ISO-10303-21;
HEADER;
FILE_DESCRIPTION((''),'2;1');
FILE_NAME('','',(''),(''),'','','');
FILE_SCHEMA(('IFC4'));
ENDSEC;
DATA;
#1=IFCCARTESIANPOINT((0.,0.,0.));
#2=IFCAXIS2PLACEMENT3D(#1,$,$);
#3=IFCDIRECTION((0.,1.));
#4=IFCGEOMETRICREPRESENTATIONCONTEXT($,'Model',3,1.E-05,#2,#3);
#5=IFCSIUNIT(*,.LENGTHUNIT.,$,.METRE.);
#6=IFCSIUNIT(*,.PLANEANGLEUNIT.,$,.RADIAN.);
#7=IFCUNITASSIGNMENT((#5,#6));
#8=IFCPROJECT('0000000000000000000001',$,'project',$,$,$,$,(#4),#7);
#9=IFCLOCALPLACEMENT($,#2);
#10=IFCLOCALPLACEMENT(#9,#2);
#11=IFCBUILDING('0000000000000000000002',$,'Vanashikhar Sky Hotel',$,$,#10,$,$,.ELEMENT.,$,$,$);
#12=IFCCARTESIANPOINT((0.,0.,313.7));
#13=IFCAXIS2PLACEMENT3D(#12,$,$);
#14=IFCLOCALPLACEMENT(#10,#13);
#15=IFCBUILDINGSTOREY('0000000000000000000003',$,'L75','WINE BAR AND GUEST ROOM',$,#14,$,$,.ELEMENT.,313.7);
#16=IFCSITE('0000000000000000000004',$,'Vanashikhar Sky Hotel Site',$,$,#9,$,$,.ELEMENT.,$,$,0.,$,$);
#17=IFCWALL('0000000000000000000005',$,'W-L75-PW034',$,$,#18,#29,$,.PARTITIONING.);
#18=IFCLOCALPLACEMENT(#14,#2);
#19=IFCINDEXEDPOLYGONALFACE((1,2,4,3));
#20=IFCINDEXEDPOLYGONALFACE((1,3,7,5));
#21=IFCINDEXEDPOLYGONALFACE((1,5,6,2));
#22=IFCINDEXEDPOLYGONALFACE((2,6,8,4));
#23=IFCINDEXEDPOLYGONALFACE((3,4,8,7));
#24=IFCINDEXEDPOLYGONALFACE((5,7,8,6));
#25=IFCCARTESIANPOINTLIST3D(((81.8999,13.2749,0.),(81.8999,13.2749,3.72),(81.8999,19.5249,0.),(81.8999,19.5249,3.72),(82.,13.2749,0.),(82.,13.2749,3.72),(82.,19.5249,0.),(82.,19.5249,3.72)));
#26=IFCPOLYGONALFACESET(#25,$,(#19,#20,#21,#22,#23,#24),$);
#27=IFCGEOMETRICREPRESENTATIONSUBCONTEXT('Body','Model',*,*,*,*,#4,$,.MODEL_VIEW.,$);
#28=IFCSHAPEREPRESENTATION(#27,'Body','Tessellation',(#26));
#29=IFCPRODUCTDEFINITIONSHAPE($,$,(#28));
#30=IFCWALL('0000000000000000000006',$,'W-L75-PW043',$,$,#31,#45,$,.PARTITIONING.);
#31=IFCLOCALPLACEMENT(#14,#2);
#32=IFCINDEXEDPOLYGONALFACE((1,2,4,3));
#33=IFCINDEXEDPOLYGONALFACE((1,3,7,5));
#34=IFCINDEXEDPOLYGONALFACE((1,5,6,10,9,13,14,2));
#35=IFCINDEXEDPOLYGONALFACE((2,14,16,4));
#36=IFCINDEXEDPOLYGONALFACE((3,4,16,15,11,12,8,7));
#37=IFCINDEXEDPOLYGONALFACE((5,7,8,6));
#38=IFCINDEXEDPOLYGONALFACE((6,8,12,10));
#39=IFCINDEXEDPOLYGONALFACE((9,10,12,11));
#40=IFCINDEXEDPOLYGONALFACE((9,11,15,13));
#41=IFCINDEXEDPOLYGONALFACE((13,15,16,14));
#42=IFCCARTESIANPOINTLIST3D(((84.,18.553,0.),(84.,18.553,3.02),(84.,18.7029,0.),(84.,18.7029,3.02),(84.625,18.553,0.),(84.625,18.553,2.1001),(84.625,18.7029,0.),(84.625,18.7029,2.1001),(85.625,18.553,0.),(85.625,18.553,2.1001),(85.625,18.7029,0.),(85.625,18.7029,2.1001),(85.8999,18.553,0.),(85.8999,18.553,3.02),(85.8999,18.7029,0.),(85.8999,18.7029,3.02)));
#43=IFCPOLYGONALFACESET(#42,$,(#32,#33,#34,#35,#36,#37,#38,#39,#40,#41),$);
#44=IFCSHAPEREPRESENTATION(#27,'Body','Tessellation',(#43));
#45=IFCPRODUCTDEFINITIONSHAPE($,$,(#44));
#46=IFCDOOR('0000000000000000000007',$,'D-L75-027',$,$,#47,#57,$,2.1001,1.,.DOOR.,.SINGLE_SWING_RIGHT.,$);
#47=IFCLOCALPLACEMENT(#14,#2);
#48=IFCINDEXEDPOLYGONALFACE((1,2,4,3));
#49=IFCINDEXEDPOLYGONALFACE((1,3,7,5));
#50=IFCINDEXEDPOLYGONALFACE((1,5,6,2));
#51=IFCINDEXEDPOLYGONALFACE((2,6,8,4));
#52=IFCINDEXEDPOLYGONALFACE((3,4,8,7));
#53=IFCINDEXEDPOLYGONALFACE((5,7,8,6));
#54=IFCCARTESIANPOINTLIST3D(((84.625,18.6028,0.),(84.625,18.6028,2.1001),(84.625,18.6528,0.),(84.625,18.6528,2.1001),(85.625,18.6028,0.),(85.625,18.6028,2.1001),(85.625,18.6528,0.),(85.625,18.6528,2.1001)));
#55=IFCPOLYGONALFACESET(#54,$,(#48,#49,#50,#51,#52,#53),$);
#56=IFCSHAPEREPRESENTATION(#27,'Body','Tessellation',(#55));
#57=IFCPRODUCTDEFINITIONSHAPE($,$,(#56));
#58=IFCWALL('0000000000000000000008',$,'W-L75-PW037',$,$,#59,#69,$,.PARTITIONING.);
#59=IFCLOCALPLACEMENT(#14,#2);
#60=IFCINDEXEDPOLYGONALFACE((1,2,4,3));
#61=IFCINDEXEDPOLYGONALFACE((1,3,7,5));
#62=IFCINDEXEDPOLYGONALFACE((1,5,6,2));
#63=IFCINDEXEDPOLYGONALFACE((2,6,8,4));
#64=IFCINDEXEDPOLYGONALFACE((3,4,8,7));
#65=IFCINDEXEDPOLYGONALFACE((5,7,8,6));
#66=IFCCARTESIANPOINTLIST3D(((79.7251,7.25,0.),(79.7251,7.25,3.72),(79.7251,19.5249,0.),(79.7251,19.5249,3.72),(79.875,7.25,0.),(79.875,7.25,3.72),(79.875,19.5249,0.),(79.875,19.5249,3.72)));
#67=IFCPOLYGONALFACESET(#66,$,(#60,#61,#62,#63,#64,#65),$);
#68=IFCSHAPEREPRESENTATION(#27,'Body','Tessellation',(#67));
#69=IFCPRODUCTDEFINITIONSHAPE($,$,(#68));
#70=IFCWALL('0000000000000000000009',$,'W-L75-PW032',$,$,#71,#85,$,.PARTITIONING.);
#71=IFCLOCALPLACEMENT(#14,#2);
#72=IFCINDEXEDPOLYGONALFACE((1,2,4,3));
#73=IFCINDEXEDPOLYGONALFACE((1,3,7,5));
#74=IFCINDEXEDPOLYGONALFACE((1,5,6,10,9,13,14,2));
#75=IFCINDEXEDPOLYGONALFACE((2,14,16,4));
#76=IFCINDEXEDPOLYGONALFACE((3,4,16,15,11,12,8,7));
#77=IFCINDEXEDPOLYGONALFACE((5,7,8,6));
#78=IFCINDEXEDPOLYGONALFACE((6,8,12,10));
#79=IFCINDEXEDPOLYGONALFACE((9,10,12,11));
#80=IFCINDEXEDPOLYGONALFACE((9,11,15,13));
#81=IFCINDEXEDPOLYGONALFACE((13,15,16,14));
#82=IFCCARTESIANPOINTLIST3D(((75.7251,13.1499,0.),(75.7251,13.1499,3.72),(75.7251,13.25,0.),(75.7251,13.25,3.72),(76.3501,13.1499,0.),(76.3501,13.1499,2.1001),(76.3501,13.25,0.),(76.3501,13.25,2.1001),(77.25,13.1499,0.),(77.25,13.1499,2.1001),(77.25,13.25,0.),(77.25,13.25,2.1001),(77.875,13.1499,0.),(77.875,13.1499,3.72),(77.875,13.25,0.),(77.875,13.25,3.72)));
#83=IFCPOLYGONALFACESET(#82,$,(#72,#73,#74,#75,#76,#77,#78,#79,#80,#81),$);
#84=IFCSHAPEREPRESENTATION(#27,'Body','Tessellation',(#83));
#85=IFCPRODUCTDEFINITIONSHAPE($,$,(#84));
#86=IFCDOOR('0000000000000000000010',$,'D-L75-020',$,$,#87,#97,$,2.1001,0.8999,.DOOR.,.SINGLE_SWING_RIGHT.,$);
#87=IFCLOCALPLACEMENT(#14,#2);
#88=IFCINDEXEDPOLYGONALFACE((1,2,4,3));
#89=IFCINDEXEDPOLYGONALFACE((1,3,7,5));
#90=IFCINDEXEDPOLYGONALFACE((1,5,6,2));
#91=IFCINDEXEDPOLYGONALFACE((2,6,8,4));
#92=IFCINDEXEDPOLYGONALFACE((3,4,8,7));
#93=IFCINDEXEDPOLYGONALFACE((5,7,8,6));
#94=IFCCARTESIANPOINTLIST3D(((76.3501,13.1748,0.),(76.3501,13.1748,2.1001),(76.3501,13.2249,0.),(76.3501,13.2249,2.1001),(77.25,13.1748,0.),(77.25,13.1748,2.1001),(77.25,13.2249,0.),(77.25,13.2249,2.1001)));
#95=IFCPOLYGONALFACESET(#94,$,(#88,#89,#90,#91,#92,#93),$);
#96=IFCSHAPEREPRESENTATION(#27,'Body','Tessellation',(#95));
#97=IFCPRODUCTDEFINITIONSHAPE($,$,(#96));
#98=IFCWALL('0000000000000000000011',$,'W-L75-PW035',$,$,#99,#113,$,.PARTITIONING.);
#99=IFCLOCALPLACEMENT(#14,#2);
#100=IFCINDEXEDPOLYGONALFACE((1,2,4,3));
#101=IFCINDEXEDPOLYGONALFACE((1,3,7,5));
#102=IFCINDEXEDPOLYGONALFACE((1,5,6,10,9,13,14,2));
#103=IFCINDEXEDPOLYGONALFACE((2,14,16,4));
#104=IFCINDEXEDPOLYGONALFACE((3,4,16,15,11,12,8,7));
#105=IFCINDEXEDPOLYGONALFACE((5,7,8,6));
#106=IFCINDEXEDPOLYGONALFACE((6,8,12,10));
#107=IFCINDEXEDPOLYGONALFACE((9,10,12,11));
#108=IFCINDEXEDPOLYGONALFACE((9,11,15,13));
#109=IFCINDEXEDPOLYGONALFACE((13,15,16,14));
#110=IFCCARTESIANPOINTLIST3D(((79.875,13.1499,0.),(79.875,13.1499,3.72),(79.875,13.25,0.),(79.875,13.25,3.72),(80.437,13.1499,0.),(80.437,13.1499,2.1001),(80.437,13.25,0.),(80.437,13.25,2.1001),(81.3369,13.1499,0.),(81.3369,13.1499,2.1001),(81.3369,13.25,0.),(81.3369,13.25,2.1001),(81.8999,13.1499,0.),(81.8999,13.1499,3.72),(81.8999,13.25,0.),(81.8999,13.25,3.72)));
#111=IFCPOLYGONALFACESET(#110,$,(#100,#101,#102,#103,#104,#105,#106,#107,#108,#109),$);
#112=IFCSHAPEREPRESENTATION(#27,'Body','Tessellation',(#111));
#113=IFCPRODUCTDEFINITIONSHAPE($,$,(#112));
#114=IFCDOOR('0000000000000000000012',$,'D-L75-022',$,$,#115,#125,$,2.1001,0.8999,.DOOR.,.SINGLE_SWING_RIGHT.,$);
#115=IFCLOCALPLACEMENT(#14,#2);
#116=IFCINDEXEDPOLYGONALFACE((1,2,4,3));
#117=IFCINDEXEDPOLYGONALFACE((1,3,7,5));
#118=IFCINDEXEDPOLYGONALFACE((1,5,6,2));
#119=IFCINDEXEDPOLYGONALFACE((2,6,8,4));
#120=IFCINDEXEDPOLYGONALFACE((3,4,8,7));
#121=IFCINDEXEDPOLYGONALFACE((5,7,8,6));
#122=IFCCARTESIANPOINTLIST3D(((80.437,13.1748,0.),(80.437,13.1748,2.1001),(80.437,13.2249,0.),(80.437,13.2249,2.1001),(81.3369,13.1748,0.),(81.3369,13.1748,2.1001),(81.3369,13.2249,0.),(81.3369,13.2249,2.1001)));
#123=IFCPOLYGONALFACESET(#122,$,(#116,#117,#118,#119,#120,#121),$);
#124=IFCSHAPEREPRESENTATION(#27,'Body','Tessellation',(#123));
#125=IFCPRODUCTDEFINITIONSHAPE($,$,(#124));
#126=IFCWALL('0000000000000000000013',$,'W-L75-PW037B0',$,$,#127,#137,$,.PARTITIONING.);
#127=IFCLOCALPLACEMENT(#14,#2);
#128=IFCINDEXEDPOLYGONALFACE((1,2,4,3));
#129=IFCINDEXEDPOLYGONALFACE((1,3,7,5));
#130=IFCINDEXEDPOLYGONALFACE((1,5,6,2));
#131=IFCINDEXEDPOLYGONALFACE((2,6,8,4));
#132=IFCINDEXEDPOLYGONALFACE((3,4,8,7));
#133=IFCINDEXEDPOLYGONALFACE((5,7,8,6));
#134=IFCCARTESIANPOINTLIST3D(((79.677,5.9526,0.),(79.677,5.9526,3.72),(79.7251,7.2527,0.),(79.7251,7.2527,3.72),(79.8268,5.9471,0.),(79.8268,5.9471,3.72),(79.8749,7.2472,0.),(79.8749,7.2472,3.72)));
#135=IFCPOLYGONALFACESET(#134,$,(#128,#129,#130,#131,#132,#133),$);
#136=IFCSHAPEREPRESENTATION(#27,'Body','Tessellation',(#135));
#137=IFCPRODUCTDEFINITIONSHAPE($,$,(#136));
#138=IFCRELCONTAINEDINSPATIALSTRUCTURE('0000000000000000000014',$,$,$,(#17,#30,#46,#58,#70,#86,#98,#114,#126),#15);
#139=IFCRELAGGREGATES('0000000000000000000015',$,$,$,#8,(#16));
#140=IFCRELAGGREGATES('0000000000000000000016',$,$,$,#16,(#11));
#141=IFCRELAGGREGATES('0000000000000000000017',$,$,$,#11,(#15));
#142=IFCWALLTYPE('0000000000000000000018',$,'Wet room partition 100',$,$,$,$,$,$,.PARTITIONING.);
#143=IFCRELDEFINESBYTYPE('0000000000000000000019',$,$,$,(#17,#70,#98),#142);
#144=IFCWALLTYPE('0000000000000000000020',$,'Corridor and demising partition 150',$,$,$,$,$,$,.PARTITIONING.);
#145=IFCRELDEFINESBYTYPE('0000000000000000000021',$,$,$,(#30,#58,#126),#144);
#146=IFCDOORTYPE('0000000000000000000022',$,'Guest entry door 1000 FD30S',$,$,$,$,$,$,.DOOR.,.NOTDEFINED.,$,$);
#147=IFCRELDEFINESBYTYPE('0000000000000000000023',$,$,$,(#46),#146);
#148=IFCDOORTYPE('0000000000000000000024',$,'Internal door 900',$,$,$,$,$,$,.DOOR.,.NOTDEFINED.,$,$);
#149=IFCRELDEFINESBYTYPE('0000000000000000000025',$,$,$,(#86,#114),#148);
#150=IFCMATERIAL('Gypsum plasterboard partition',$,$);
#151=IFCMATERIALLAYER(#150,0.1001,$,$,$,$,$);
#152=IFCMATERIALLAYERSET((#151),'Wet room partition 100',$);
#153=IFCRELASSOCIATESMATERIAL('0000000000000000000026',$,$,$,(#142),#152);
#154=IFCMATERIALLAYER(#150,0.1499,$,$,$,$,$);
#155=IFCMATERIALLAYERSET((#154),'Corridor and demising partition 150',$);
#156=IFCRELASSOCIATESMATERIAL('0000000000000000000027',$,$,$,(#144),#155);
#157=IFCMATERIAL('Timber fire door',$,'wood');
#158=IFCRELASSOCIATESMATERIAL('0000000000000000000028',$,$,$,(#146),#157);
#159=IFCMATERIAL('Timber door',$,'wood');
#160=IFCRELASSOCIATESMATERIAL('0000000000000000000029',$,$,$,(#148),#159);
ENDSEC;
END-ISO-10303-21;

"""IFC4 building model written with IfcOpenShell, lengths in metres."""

from ifc_helpers import new_model, si_unit, direction, frame, frame_2d, origin, place, context, subcontext, project, spatial, rectangle, extrude, source, transform, mapped, material, layer, layer_set, type_object, element, fill, save


model = new_model("IFC4")

# Units and contexts
model_context = context("Model", 3, precision=1e-05, world=origin(), true_north=direction((0.0, 1.0)))
body_context = subcontext(model_context, "Body", "Model", "MODEL_VIEW")
ifc_project = project(units=[si_unit("LENGTHUNIT", "METRE"), si_unit("PLANEANGLEUNIT", "RADIAN")], contexts=[model_context])

# Site, building, storey
site_placement = place(None, origin())
site = spatial("IfcSite", under=ifc_project, at=site_placement, Name="Vanashikhar Sky Hotel Site", CompositionType="ELEMENT", RefElevation=0.0)
building_placement = place(site_placement, origin())
building = spatial("IfcBuilding", under=site, at=building_placement, Name="Vanashikhar Sky Hotel", CompositionType="ELEMENT")
storey_placement = place(building_placement, frame((0.0, 0.0, 313.7)))
storey = spatial("IfcBuildingStorey", under=building, at=storey_placement, Name="L75", Description="WINE BAR AND GUEST ROOM", CompositionType="ELEMENT", Elevation=313.7)

# Wall
ifc_material_1 = material(Name="Gypsum plasterboard partition")
ifc_layer_1 = layer(ifc_material_1, 0.1001)
ifc_layer_set_1 = layer_set([ifc_layer_1], Name="Wet room partition 100")
wall_type_1 = type_object("IfcWallType", Name="Wet room partition 100", PredefinedType="PARTITIONING", material=ifc_layer_set_1)
shared_shape_1 = source(origin(), body_context, "Body", "SweptSolid", [
    extrude(rectangle(XDim=6.25, YDim=0.1001, at=frame_2d((3.125, 0.0))), origin(), (0.0, 0.0, 1.0), 3.72),
])
for number, where, z_axis, x_axis, name in (
    (1, (81.95, 13.2749, 0.0), (0.0, 0.0, 1.0), (0.0, 1.0, 0.0), "W-L75-PW034"),
):
    element("IfcWall", number, at=place(storey_placement, frame(where, z_axis=z_axis, x_axis=x_axis)), inside=storey, type_object=wall_type_1, Name=name, PredefinedType="PARTITIONING", context=body_context, shape_type="MappedRepresentation", body=[
        mapped(shared_shape_1, transform((0.0, 0.0, 0.0), scale=1.0)),
    ])

# Wall, opening, door
ifc_layer_2 = layer(ifc_material_1, 0.1499)
ifc_layer_set_2 = layer_set([ifc_layer_2], Name="Corridor and demising partition 150")
wall_type_2 = type_object("IfcWallType", Name="Corridor and demising partition 150", PredefinedType="PARTITIONING", material=ifc_layer_set_2)
shared_shape_2 = source(origin(), body_context, "Body", "SweptSolid", [
    extrude(rectangle(XDim=1.8999, YDim=0.1499, at=frame_2d((0.95, 0.0))), origin(), (0.0, 0.0, 1.0), 3.02),
])
wall_1_placement = place(storey_placement, frame((84.0, 18.6279, 0.0), z_axis=(0.0, 0.0, 1.0), x_axis=(1.0, 0.0, 0.0)))
wall_1 = element("IfcWall", 2, at=wall_1_placement, inside=storey, type_object=wall_type_2, Name="W-L75-PW043", PredefinedType="PARTITIONING", context=body_context, shape_type="MappedRepresentation", body=[
    mapped(shared_shape_2, transform((0.0, 0.0, 0.0), scale=1.0)),
])
shared_shape_3 = source(origin(), body_context, "Body", "SweptSolid", [
    extrude(rectangle(XDim=1.0, YDim=2.1001, at=frame_2d((0.5, 1.05))), frame((0.0, 0.085, 0.0), z_axis=(0.0, -1.0, 0.0), x_axis=(1.0, 0.0, 0.0)), (0.0, 0.0, 1.0), 0.1699),
])
opening_1_placement = place(wall_1_placement, frame((0.625, 0.0, 0.0)))
opening_1 = element("IfcOpeningElement", 3, at=opening_1_placement, cuts=wall_1, PredefinedType="OPENING", context=body_context, shape_type="MappedRepresentation", body=[
    mapped(shared_shape_3, transform((0.0, 0.0, 0.0), scale=1.0)),
])
ifc_material_2 = material(Name="Timber fire door", Category="wood")
door_type_1 = type_object("IfcDoorType", Name="Guest entry door 1000 FD30S", OperationType="NOTDEFINED", PredefinedType="DOOR", material=ifc_material_2)
shared_shape_4 = source(origin(), body_context, "Body", "SweptSolid", [
    extrude(rectangle(XDim=1.0, YDim=2.1001, at=frame_2d((0.5, 1.05))), frame((0.0, 0.0249, 0.0), z_axis=(0.0, -1.0, 0.0), x_axis=(1.0, 0.0, 0.0)), (0.0, 0.0, 1.0), 0.05),
])
door_1_placement = place(opening_1_placement, origin())
door_1 = element("IfcDoor", 4, at=door_1_placement, inside=storey, type_object=door_type_1, Name="D-L75-027", OperationType="SINGLE_SWING_RIGHT", OverallHeight=2.1001, OverallWidth=1.0, PredefinedType="DOOR", context=body_context, shape_type="MappedRepresentation", body=[
    mapped(shared_shape_4, transform((0.0, 0.0, 0.0), scale=1.0)),
])
fill(opening_1, door_1)

# Wall
shared_shape_5 = source(origin(), body_context, "Body", "SweptSolid", [
    extrude(rectangle(XDim=12.2749, YDim=0.1499, at=frame_2d((6.1375, 0.0))), origin(), (0.0, 0.0, 1.0), 3.72),
])
wall_2_placement = place(storey_placement, frame((79.8, 7.25, 0.0), z_axis=(0.0, 0.0, 1.0), x_axis=(0.0, 1.0, 0.0)))
element("IfcWall", 5, at=wall_2_placement, inside=storey, type_object=wall_type_2, Name="W-L75-PW037", PredefinedType="PARTITIONING", context=body_context, shape_type="MappedRepresentation", body=[
    mapped(shared_shape_5, transform((0.0, 0.0, 0.0), scale=1.0)),
])

# Walls, openings, doors
shared_shape_6 = source(origin(), body_context, "Body", "SweptSolid", [
    extrude(rectangle(XDim=2.1499, YDim=0.1001, at=frame_2d((1.075, 0.0))), origin(), (0.0, 0.0, 1.0), 3.72),
])
wall_3_placement = place(storey_placement, frame((75.7251, 13.2, 0.0), z_axis=(0.0, 0.0, 1.0), x_axis=(1.0, 0.0, 0.0)))
wall_3 = element("IfcWall", 6, at=wall_3_placement, inside=storey, type_object=wall_type_1, Name="W-L75-PW032", PredefinedType="PARTITIONING", context=body_context, shape_type="MappedRepresentation", body=[
    mapped(shared_shape_6, transform((0.0, 0.0, 0.0), scale=1.0)),
])
shared_shape_7 = source(origin(), body_context, "Body", "SweptSolid", [
    extrude(rectangle(XDim=0.8999, YDim=2.1001, at=frame_2d((0.45, 1.05))), frame((0.0, 0.0601, 0.0), z_axis=(0.0, -1.0, 0.0), x_axis=(1.0, 0.0, 0.0)), (0.0, 0.0, 1.0), 0.1201),
])
opening_2_placement = place(wall_3_placement, frame((0.625, 0.0, 0.0)))
opening_2 = element("IfcOpeningElement", 7, at=opening_2_placement, cuts=wall_3, PredefinedType="OPENING", context=body_context, shape_type="MappedRepresentation", body=[
    mapped(shared_shape_7, transform((0.0, 0.0, 0.0), scale=1.0)),
])
ifc_material_3 = material(Name="Timber door", Category="wood")
door_type_2 = type_object("IfcDoorType", Name="Internal door 900", OperationType="NOTDEFINED", PredefinedType="DOOR", material=ifc_material_3)
shared_shape_8 = source(origin(), body_context, "Body", "SweptSolid", [
    extrude(rectangle(XDim=0.8999, YDim=2.1001, at=frame_2d((0.45, 1.05))), frame((0.0, 0.0249, 0.0), z_axis=(0.0, -1.0, 0.0), x_axis=(1.0, 0.0, 0.0)), (0.0, 0.0, 1.0), 0.05),
])
door_2_placement = place(opening_2_placement, origin())
door_2 = element("IfcDoor", 8, at=door_2_placement, inside=storey, type_object=door_type_2, Name="D-L75-020", OperationType="SINGLE_SWING_RIGHT", OverallHeight=2.1001, OverallWidth=0.8999, PredefinedType="DOOR", context=body_context, shape_type="MappedRepresentation", body=[
    mapped(shared_shape_8, transform((0.0, 0.0, 0.0), scale=1.0)),
])
fill(opening_2, door_2)
shared_shape_9 = source(origin(), body_context, "Body", "SweptSolid", [
    extrude(rectangle(XDim=2.0249, YDim=0.1001, at=frame_2d((1.0125, 0.0))), origin(), (0.0, 0.0, 1.0), 3.72),
])
wall_4_placement = place(storey_placement, frame((79.875, 13.2, 0.0), z_axis=(0.0, 0.0, 1.0), x_axis=(1.0, 0.0, 0.0)))
wall_4 = element("IfcWall", 9, at=wall_4_placement, inside=storey, type_object=wall_type_1, Name="W-L75-PW035", PredefinedType="PARTITIONING", context=body_context, shape_type="MappedRepresentation", body=[
    mapped(shared_shape_9, transform((0.0, 0.0, 0.0), scale=1.0)),
])
opening_3_placement = place(wall_4_placement, frame((0.562, 0.0, 0.0)))
opening_3 = element("IfcOpeningElement", 10, at=opening_3_placement, cuts=wall_4, PredefinedType="OPENING", context=body_context, shape_type="MappedRepresentation", body=[
    mapped(shared_shape_7, transform((0.0, 0.0, 0.0), scale=1.0)),
])
door_3_placement = place(opening_3_placement, origin())
door_3 = element("IfcDoor", 11, at=door_3_placement, inside=storey, type_object=door_type_2, Name="D-L75-022", OperationType="SINGLE_SWING_RIGHT", OverallHeight=2.1001, OverallWidth=0.8999, PredefinedType="DOOR", context=body_context, shape_type="MappedRepresentation", body=[
    mapped(shared_shape_8, transform((0.0, 0.0, 0.0), scale=1.0)),
])
fill(opening_3, door_3)

# Wall
shared_shape_10 = source(origin(), body_context, "Body", "SweptSolid", [
    extrude(rectangle(XDim=1.301, YDim=0.1499, at=frame_2d((0.6504, 0.0))), origin(), (0.0, 0.0, 1.0), 3.72),
])
wall_5_placement = place(storey_placement, frame((79.752, 5.95, 0.0), z_axis=(0.0, 0.0, 1.0), x_axis=(0.03697, 0.999316, 0.0)))
element("IfcWall", 12, at=wall_5_placement, inside=storey, type_object=wall_type_2, Name="W-L75-PW037B0", PredefinedType="PARTITIONING", context=body_context, shape_type="MappedRepresentation", body=[
    mapped(shared_shape_10, transform((0.0, 0.0, 0.0), scale=1.0)),
])

save(model, "model.ifc")
